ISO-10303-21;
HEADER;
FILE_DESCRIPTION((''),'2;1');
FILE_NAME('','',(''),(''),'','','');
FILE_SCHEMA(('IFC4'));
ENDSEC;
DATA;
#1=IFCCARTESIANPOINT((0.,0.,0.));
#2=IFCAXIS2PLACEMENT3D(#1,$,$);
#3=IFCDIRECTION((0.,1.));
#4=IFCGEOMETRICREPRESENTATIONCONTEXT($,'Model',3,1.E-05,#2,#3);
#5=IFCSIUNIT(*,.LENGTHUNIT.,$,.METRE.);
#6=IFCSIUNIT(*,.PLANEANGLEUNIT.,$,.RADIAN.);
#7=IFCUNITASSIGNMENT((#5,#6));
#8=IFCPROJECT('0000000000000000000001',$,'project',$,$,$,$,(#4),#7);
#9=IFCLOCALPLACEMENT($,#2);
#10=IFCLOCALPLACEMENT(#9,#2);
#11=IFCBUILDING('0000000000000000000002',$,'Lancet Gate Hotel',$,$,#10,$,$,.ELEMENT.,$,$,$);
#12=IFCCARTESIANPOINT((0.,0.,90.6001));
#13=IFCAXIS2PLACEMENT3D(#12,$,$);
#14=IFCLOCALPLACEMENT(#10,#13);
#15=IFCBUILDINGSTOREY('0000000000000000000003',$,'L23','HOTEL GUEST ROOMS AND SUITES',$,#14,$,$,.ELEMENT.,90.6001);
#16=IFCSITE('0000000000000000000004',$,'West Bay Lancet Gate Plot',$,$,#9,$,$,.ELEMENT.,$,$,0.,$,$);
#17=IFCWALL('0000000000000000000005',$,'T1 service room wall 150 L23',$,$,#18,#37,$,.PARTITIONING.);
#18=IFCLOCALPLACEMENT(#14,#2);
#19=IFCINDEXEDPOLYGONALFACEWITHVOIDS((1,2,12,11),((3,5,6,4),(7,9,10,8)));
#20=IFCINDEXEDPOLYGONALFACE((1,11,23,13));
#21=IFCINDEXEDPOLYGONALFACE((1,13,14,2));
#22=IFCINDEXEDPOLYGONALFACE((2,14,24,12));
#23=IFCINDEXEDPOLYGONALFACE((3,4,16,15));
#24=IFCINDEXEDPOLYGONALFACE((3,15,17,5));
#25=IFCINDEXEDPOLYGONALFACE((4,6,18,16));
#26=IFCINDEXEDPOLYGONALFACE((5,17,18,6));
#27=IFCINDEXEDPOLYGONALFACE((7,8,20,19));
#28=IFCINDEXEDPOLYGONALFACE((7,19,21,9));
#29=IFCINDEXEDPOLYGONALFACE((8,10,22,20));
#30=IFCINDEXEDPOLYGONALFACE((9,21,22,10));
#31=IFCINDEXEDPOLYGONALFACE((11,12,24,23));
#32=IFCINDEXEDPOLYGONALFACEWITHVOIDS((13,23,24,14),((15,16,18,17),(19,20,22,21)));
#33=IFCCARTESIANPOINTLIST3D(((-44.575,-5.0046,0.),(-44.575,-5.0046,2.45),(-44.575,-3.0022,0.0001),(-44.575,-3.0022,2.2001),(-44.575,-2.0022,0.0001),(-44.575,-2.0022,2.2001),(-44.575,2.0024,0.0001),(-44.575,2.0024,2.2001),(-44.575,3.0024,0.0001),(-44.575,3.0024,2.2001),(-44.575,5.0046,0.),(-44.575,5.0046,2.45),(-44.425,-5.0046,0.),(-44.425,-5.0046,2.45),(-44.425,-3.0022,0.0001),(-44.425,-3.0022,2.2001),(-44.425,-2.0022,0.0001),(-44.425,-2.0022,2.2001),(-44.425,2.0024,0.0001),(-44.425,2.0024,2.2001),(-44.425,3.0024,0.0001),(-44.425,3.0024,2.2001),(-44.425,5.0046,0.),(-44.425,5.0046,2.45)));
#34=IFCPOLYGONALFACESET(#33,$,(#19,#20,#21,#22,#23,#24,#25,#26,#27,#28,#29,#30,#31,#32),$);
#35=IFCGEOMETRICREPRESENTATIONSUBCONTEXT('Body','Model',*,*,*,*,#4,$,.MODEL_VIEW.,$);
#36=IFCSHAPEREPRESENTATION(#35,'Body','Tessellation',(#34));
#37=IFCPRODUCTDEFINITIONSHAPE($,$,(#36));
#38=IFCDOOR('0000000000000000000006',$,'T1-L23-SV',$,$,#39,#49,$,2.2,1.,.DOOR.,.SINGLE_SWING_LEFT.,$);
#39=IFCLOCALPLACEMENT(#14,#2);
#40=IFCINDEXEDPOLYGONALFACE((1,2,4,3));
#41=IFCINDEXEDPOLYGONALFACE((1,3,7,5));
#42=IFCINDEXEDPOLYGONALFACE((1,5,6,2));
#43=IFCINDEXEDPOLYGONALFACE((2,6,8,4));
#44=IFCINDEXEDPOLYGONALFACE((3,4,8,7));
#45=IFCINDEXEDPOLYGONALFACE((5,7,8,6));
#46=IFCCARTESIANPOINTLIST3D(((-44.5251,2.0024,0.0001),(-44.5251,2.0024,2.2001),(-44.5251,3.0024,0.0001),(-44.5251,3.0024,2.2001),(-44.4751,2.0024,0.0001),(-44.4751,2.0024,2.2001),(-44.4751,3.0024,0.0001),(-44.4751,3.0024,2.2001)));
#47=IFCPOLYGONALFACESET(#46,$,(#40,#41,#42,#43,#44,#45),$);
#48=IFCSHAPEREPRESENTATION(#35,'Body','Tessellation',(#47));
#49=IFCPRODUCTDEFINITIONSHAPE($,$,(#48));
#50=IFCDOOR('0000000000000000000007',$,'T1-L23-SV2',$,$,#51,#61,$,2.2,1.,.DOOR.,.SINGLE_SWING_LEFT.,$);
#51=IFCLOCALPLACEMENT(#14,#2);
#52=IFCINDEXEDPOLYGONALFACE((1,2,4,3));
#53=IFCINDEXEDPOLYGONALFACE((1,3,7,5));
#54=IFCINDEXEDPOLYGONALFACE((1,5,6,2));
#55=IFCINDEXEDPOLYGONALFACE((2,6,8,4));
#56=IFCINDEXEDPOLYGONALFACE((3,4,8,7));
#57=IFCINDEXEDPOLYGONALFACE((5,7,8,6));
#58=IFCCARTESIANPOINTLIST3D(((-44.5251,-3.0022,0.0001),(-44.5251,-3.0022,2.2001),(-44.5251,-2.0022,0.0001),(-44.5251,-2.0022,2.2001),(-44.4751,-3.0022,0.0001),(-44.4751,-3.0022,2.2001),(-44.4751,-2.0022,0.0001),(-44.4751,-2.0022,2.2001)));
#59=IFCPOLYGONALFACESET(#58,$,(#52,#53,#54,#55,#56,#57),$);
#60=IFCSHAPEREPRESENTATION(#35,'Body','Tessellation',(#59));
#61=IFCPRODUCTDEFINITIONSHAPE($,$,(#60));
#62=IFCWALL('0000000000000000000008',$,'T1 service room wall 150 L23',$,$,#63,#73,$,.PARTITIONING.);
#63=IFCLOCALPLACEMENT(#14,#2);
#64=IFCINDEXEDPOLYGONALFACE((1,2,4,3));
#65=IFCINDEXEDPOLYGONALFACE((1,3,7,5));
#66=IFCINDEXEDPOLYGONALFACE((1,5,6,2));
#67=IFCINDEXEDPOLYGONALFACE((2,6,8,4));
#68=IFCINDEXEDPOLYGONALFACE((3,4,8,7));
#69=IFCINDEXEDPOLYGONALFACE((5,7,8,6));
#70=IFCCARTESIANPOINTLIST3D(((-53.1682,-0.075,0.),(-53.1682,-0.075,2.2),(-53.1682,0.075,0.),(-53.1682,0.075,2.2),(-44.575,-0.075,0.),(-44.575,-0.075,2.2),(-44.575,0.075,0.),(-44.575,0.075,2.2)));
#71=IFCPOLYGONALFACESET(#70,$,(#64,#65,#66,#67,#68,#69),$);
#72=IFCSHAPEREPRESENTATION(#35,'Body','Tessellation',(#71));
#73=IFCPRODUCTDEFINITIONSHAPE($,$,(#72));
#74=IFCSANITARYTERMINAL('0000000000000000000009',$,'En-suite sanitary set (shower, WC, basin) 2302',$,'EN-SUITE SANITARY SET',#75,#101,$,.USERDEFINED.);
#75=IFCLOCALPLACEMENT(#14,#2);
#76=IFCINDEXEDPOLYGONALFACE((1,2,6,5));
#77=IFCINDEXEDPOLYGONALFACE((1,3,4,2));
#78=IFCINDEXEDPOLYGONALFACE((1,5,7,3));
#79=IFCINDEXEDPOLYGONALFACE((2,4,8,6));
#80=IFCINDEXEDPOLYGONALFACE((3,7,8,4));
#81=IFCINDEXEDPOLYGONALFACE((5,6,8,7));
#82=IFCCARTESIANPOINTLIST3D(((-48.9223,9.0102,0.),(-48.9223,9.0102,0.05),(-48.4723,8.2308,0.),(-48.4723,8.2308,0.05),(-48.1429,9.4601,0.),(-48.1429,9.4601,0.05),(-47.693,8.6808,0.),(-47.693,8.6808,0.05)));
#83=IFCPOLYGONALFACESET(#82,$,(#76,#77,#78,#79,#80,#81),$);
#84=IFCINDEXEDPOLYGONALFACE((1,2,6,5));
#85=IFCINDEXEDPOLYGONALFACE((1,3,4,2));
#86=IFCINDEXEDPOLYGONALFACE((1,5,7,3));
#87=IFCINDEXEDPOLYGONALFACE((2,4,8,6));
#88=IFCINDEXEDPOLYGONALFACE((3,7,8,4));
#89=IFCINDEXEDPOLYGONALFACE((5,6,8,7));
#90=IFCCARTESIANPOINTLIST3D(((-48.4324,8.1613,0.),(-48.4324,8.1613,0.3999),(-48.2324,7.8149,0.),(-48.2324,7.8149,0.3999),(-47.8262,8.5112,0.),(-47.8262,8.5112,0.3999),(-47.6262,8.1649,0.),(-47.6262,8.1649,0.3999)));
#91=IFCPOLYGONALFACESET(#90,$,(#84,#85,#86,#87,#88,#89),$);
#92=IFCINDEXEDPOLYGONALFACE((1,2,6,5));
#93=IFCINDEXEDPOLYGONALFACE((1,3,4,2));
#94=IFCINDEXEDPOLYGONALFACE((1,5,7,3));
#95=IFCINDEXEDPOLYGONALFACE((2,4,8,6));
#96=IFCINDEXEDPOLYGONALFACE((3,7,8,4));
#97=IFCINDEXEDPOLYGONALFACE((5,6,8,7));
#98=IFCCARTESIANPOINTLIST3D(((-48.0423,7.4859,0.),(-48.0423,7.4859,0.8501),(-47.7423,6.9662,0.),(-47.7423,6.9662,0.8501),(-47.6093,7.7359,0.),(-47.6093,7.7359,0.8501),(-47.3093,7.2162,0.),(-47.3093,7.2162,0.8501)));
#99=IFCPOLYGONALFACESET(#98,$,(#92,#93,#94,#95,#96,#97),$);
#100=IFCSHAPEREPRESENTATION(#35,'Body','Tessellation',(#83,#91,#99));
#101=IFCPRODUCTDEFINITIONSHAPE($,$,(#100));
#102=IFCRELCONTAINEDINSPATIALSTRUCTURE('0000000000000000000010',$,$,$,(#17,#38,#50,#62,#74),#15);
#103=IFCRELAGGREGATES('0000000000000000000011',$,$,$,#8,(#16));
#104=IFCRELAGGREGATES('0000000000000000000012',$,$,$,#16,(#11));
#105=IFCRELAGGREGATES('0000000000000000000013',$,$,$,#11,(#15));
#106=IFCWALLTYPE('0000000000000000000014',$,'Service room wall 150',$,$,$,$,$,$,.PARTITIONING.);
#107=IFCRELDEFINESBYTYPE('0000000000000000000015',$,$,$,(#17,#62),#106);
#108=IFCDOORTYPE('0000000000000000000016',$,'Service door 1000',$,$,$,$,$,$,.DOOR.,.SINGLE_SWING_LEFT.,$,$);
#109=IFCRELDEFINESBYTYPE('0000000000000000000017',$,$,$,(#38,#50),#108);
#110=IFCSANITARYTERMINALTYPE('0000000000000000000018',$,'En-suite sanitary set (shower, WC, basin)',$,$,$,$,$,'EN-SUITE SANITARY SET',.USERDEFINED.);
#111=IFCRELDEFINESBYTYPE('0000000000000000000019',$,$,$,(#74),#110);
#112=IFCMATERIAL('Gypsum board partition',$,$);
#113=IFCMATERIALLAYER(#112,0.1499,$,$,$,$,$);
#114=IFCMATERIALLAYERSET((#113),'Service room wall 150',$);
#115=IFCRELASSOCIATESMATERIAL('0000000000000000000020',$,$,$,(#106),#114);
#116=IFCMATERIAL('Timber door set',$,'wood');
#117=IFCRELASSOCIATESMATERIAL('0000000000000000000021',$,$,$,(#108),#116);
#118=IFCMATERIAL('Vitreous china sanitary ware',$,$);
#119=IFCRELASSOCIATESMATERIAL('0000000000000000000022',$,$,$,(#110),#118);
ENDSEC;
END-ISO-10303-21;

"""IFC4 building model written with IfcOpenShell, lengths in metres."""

from ifc_helpers import new_model, si_unit, direction, frame, frame_2d, origin, origin_2d, place, context, subcontext, project, spatial, rectangle, extrude, material, layer, layer_set, type_object, element, fill, save


model = new_model("IFC4")

# Units and contexts
model_context = context("Model", 3, precision=1e-05, world=origin(), true_north=direction((0.0, 1.0)))
body_context = subcontext(model_context, "Body", "Model", "MODEL_VIEW")
ifc_project = project(units=[si_unit("LENGTHUNIT", "METRE"), si_unit("PLANEANGLEUNIT", "RADIAN")], contexts=[model_context])

# Site, building, storey
site_placement = place(None, origin())
site = spatial("IfcSite", under=ifc_project, at=site_placement, Name="West Bay Lancet Gate Plot", CompositionType="ELEMENT", RefElevation=0.0)
building_placement = place(site_placement, origin())
building = spatial("IfcBuilding", under=site, at=building_placement, Name="Lancet Gate Hotel", CompositionType="ELEMENT")
storey_placement = place(building_placement, frame((0.0, 0.0, 90.6001)))
storey = spatial("IfcBuildingStorey", under=building, at=storey_placement, Name="L23", Description="HOTEL GUEST ROOMS AND SUITES", CompositionType="ELEMENT", Elevation=90.6001)

# Shared definitions
ifc_material_1 = material(Name="Gypsum board partition")
ifc_layer_1 = layer(ifc_material_1, 0.1499)
ifc_layer_set_1 = layer_set([ifc_layer_1], Name="Service room wall 150")
wall_type_1 = type_object("IfcWallType", Name="Service room wall 150", PredefinedType="PARTITIONING", material=ifc_layer_set_1)

# Wall, openings, doors
wall_1_placement = place(storey_placement, frame((-44.5, 5.0046, 0.0), z_axis=(0.0, 0.0, 1.0), x_axis=(0.0, -1.0, 0.0)))
wall_1 = element("IfcWall", 1, at=wall_1_placement, inside=storey, type_object=wall_type_1, Name="T1 service room wall 150 L23", PredefinedType="PARTITIONING", context=body_context, shape_type="SweptSolid", body=[
    extrude(rectangle(XDim=10.0093, YDim=0.1499, at=frame_2d((5.0046, 0.0))), origin(), (0.0, 0.0, 1.0), 2.45),
])
opening_1_placement = place(wall_1_placement, frame((2.0022, 0.0, 0.0)))
opening_1 = element("IfcOpeningElement", 2, at=opening_1_placement, cuts=wall_1, PredefinedType="OPENING", context=body_context, shape_type="SweptSolid", body=[
    extrude(rectangle(XDim=1.0, YDim=2.2, at=frame_2d((0.5, 1.1001))), frame((0.0, 0.085, 0.0), z_axis=(0.0, -1.0, 0.0), x_axis=(1.0, 0.0, 0.0)), (0.0, 0.0, 1.0), 0.1699),
])
opening_2_placement = place(wall_1_placement, frame((7.0068, 0.0, 0.0)))
opening_2 = element("IfcOpeningElement", 3, at=opening_2_placement, cuts=wall_1, PredefinedType="OPENING", context=body_context, shape_type="SweptSolid", body=[
    extrude(rectangle(XDim=1.0, YDim=2.2, at=frame_2d((0.5, 1.1001))), frame((0.0, 0.085, 0.0), z_axis=(0.0, -1.0, 0.0), x_axis=(1.0, 0.0, 0.0)), (0.0, 0.0, 1.0), 0.1699),
])
ifc_material_2 = material(Name="Timber door set", Category="wood")
door_type_1 = type_object("IfcDoorType", Name="Service door 1000", OperationType="SINGLE_SWING_LEFT", PredefinedType="DOOR", material=ifc_material_2)
door_1_placement = place(opening_1_placement, origin())
door_1 = element("IfcDoor", 4, at=door_1_placement, inside=storey, type_object=door_type_1, Name="T1-L23-SV", OperationType="SINGLE_SWING_LEFT", OverallHeight=2.2, OverallWidth=1.0, PredefinedType="DOOR", context=body_context, shape_type="SweptSolid", body=[
    extrude(rectangle(XDim=1.0, YDim=2.2, at=frame_2d((0.5, 1.1001))), frame((0.0, 0.0249, 0.0), z_axis=(0.0, -1.0, 0.0), x_axis=(1.0, 0.0, 0.0)), (0.0, 0.0, 1.0), 0.05),
])
fill(opening_1, door_1)
door_2_placement = place(opening_2_placement, origin())
door_2 = element("IfcDoor", 5, at=door_2_placement, inside=storey, type_object=door_type_1, Name="T1-L23-SV2", OperationType="SINGLE_SWING_LEFT", OverallHeight=2.2, OverallWidth=1.0, PredefinedType="DOOR", context=body_context, shape_type="SweptSolid", body=[
    extrude(rectangle(XDim=1.0, YDim=2.2, at=frame_2d((0.5, 1.1001))), frame((0.0, 0.0249, 0.0), z_axis=(0.0, -1.0, 0.0), x_axis=(1.0, 0.0, 0.0)), (0.0, 0.0, 1.0), 0.05),
])
fill(opening_2, door_2)

# Wall
wall_2_placement = place(storey_placement, frame((-44.575, 0.0, 0.0), z_axis=(0.0, 0.0, 1.0), x_axis=(-1.0, 0.0, 0.0)))
element("IfcWall", 6, at=wall_2_placement, inside=storey, type_object=wall_type_1, Name="T1 service room wall 150 L23", PredefinedType="PARTITIONING", context=body_context, shape_type="SweptSolid", body=[
    extrude(rectangle(XDim=8.5933, YDim=0.1499, at=frame_2d((4.2966, 0.0))), origin(), (0.0, 0.0, 1.0), 2.2),
])

# Sanitary terminal
ifc_material_3 = material(Name="Vitreous china sanitary ware")
sanitary_terminal_type = type_object("IfcSanitaryTerminalType", Name="En-suite sanitary set (shower, WC, basin)", ElementType="EN-SUITE SANITARY SET", PredefinedType="USERDEFINED", material=ifc_material_3)
sanitary_terminal_placement = place(storey_placement, frame((-48.3076, 8.8455, 0.0), z_axis=(0.0, 0.0, 1.0), x_axis=(1.0, 0.0, 0.0)))
element("IfcSanitaryTerminal", 7, at=sanitary_terminal_placement, inside=storey, type_object=sanitary_terminal_type, Name="En-suite sanitary set (shower, WC, basin) 2302", ObjectType="EN-SUITE SANITARY SET", PredefinedType="USERDEFINED", context=body_context, shape_type="SweptSolid", body=[
    extrude(rectangle(XDim=0.8999, YDim=0.8999, at=origin_2d()), frame((0.0, 0.0, 0.0), z_axis=(0.0, 0.0, 1.0), x_axis=(-0.5, 0.866025, 0.0)), (0.0, 0.0, 1.0), 0.05),
    extrude(rectangle(XDim=0.3999, YDim=0.7, at=origin_2d()), frame((0.2783, -0.6824, 0.0), z_axis=(0.0, 0.0, 1.0), x_axis=(-0.5, 0.866025, 0.0)), (0.0, 0.0, 1.0), 0.3999),
    extrude(rectangle(XDim=0.6001, YDim=0.5, at=origin_2d()), frame((0.6318, -1.4944, 0.0), z_axis=(0.0, 0.0, 1.0), x_axis=(-0.5, 0.866025, 0.0)), (0.0, 0.0, 1.0), 0.8501),
])

save(model, "model.ifc")
